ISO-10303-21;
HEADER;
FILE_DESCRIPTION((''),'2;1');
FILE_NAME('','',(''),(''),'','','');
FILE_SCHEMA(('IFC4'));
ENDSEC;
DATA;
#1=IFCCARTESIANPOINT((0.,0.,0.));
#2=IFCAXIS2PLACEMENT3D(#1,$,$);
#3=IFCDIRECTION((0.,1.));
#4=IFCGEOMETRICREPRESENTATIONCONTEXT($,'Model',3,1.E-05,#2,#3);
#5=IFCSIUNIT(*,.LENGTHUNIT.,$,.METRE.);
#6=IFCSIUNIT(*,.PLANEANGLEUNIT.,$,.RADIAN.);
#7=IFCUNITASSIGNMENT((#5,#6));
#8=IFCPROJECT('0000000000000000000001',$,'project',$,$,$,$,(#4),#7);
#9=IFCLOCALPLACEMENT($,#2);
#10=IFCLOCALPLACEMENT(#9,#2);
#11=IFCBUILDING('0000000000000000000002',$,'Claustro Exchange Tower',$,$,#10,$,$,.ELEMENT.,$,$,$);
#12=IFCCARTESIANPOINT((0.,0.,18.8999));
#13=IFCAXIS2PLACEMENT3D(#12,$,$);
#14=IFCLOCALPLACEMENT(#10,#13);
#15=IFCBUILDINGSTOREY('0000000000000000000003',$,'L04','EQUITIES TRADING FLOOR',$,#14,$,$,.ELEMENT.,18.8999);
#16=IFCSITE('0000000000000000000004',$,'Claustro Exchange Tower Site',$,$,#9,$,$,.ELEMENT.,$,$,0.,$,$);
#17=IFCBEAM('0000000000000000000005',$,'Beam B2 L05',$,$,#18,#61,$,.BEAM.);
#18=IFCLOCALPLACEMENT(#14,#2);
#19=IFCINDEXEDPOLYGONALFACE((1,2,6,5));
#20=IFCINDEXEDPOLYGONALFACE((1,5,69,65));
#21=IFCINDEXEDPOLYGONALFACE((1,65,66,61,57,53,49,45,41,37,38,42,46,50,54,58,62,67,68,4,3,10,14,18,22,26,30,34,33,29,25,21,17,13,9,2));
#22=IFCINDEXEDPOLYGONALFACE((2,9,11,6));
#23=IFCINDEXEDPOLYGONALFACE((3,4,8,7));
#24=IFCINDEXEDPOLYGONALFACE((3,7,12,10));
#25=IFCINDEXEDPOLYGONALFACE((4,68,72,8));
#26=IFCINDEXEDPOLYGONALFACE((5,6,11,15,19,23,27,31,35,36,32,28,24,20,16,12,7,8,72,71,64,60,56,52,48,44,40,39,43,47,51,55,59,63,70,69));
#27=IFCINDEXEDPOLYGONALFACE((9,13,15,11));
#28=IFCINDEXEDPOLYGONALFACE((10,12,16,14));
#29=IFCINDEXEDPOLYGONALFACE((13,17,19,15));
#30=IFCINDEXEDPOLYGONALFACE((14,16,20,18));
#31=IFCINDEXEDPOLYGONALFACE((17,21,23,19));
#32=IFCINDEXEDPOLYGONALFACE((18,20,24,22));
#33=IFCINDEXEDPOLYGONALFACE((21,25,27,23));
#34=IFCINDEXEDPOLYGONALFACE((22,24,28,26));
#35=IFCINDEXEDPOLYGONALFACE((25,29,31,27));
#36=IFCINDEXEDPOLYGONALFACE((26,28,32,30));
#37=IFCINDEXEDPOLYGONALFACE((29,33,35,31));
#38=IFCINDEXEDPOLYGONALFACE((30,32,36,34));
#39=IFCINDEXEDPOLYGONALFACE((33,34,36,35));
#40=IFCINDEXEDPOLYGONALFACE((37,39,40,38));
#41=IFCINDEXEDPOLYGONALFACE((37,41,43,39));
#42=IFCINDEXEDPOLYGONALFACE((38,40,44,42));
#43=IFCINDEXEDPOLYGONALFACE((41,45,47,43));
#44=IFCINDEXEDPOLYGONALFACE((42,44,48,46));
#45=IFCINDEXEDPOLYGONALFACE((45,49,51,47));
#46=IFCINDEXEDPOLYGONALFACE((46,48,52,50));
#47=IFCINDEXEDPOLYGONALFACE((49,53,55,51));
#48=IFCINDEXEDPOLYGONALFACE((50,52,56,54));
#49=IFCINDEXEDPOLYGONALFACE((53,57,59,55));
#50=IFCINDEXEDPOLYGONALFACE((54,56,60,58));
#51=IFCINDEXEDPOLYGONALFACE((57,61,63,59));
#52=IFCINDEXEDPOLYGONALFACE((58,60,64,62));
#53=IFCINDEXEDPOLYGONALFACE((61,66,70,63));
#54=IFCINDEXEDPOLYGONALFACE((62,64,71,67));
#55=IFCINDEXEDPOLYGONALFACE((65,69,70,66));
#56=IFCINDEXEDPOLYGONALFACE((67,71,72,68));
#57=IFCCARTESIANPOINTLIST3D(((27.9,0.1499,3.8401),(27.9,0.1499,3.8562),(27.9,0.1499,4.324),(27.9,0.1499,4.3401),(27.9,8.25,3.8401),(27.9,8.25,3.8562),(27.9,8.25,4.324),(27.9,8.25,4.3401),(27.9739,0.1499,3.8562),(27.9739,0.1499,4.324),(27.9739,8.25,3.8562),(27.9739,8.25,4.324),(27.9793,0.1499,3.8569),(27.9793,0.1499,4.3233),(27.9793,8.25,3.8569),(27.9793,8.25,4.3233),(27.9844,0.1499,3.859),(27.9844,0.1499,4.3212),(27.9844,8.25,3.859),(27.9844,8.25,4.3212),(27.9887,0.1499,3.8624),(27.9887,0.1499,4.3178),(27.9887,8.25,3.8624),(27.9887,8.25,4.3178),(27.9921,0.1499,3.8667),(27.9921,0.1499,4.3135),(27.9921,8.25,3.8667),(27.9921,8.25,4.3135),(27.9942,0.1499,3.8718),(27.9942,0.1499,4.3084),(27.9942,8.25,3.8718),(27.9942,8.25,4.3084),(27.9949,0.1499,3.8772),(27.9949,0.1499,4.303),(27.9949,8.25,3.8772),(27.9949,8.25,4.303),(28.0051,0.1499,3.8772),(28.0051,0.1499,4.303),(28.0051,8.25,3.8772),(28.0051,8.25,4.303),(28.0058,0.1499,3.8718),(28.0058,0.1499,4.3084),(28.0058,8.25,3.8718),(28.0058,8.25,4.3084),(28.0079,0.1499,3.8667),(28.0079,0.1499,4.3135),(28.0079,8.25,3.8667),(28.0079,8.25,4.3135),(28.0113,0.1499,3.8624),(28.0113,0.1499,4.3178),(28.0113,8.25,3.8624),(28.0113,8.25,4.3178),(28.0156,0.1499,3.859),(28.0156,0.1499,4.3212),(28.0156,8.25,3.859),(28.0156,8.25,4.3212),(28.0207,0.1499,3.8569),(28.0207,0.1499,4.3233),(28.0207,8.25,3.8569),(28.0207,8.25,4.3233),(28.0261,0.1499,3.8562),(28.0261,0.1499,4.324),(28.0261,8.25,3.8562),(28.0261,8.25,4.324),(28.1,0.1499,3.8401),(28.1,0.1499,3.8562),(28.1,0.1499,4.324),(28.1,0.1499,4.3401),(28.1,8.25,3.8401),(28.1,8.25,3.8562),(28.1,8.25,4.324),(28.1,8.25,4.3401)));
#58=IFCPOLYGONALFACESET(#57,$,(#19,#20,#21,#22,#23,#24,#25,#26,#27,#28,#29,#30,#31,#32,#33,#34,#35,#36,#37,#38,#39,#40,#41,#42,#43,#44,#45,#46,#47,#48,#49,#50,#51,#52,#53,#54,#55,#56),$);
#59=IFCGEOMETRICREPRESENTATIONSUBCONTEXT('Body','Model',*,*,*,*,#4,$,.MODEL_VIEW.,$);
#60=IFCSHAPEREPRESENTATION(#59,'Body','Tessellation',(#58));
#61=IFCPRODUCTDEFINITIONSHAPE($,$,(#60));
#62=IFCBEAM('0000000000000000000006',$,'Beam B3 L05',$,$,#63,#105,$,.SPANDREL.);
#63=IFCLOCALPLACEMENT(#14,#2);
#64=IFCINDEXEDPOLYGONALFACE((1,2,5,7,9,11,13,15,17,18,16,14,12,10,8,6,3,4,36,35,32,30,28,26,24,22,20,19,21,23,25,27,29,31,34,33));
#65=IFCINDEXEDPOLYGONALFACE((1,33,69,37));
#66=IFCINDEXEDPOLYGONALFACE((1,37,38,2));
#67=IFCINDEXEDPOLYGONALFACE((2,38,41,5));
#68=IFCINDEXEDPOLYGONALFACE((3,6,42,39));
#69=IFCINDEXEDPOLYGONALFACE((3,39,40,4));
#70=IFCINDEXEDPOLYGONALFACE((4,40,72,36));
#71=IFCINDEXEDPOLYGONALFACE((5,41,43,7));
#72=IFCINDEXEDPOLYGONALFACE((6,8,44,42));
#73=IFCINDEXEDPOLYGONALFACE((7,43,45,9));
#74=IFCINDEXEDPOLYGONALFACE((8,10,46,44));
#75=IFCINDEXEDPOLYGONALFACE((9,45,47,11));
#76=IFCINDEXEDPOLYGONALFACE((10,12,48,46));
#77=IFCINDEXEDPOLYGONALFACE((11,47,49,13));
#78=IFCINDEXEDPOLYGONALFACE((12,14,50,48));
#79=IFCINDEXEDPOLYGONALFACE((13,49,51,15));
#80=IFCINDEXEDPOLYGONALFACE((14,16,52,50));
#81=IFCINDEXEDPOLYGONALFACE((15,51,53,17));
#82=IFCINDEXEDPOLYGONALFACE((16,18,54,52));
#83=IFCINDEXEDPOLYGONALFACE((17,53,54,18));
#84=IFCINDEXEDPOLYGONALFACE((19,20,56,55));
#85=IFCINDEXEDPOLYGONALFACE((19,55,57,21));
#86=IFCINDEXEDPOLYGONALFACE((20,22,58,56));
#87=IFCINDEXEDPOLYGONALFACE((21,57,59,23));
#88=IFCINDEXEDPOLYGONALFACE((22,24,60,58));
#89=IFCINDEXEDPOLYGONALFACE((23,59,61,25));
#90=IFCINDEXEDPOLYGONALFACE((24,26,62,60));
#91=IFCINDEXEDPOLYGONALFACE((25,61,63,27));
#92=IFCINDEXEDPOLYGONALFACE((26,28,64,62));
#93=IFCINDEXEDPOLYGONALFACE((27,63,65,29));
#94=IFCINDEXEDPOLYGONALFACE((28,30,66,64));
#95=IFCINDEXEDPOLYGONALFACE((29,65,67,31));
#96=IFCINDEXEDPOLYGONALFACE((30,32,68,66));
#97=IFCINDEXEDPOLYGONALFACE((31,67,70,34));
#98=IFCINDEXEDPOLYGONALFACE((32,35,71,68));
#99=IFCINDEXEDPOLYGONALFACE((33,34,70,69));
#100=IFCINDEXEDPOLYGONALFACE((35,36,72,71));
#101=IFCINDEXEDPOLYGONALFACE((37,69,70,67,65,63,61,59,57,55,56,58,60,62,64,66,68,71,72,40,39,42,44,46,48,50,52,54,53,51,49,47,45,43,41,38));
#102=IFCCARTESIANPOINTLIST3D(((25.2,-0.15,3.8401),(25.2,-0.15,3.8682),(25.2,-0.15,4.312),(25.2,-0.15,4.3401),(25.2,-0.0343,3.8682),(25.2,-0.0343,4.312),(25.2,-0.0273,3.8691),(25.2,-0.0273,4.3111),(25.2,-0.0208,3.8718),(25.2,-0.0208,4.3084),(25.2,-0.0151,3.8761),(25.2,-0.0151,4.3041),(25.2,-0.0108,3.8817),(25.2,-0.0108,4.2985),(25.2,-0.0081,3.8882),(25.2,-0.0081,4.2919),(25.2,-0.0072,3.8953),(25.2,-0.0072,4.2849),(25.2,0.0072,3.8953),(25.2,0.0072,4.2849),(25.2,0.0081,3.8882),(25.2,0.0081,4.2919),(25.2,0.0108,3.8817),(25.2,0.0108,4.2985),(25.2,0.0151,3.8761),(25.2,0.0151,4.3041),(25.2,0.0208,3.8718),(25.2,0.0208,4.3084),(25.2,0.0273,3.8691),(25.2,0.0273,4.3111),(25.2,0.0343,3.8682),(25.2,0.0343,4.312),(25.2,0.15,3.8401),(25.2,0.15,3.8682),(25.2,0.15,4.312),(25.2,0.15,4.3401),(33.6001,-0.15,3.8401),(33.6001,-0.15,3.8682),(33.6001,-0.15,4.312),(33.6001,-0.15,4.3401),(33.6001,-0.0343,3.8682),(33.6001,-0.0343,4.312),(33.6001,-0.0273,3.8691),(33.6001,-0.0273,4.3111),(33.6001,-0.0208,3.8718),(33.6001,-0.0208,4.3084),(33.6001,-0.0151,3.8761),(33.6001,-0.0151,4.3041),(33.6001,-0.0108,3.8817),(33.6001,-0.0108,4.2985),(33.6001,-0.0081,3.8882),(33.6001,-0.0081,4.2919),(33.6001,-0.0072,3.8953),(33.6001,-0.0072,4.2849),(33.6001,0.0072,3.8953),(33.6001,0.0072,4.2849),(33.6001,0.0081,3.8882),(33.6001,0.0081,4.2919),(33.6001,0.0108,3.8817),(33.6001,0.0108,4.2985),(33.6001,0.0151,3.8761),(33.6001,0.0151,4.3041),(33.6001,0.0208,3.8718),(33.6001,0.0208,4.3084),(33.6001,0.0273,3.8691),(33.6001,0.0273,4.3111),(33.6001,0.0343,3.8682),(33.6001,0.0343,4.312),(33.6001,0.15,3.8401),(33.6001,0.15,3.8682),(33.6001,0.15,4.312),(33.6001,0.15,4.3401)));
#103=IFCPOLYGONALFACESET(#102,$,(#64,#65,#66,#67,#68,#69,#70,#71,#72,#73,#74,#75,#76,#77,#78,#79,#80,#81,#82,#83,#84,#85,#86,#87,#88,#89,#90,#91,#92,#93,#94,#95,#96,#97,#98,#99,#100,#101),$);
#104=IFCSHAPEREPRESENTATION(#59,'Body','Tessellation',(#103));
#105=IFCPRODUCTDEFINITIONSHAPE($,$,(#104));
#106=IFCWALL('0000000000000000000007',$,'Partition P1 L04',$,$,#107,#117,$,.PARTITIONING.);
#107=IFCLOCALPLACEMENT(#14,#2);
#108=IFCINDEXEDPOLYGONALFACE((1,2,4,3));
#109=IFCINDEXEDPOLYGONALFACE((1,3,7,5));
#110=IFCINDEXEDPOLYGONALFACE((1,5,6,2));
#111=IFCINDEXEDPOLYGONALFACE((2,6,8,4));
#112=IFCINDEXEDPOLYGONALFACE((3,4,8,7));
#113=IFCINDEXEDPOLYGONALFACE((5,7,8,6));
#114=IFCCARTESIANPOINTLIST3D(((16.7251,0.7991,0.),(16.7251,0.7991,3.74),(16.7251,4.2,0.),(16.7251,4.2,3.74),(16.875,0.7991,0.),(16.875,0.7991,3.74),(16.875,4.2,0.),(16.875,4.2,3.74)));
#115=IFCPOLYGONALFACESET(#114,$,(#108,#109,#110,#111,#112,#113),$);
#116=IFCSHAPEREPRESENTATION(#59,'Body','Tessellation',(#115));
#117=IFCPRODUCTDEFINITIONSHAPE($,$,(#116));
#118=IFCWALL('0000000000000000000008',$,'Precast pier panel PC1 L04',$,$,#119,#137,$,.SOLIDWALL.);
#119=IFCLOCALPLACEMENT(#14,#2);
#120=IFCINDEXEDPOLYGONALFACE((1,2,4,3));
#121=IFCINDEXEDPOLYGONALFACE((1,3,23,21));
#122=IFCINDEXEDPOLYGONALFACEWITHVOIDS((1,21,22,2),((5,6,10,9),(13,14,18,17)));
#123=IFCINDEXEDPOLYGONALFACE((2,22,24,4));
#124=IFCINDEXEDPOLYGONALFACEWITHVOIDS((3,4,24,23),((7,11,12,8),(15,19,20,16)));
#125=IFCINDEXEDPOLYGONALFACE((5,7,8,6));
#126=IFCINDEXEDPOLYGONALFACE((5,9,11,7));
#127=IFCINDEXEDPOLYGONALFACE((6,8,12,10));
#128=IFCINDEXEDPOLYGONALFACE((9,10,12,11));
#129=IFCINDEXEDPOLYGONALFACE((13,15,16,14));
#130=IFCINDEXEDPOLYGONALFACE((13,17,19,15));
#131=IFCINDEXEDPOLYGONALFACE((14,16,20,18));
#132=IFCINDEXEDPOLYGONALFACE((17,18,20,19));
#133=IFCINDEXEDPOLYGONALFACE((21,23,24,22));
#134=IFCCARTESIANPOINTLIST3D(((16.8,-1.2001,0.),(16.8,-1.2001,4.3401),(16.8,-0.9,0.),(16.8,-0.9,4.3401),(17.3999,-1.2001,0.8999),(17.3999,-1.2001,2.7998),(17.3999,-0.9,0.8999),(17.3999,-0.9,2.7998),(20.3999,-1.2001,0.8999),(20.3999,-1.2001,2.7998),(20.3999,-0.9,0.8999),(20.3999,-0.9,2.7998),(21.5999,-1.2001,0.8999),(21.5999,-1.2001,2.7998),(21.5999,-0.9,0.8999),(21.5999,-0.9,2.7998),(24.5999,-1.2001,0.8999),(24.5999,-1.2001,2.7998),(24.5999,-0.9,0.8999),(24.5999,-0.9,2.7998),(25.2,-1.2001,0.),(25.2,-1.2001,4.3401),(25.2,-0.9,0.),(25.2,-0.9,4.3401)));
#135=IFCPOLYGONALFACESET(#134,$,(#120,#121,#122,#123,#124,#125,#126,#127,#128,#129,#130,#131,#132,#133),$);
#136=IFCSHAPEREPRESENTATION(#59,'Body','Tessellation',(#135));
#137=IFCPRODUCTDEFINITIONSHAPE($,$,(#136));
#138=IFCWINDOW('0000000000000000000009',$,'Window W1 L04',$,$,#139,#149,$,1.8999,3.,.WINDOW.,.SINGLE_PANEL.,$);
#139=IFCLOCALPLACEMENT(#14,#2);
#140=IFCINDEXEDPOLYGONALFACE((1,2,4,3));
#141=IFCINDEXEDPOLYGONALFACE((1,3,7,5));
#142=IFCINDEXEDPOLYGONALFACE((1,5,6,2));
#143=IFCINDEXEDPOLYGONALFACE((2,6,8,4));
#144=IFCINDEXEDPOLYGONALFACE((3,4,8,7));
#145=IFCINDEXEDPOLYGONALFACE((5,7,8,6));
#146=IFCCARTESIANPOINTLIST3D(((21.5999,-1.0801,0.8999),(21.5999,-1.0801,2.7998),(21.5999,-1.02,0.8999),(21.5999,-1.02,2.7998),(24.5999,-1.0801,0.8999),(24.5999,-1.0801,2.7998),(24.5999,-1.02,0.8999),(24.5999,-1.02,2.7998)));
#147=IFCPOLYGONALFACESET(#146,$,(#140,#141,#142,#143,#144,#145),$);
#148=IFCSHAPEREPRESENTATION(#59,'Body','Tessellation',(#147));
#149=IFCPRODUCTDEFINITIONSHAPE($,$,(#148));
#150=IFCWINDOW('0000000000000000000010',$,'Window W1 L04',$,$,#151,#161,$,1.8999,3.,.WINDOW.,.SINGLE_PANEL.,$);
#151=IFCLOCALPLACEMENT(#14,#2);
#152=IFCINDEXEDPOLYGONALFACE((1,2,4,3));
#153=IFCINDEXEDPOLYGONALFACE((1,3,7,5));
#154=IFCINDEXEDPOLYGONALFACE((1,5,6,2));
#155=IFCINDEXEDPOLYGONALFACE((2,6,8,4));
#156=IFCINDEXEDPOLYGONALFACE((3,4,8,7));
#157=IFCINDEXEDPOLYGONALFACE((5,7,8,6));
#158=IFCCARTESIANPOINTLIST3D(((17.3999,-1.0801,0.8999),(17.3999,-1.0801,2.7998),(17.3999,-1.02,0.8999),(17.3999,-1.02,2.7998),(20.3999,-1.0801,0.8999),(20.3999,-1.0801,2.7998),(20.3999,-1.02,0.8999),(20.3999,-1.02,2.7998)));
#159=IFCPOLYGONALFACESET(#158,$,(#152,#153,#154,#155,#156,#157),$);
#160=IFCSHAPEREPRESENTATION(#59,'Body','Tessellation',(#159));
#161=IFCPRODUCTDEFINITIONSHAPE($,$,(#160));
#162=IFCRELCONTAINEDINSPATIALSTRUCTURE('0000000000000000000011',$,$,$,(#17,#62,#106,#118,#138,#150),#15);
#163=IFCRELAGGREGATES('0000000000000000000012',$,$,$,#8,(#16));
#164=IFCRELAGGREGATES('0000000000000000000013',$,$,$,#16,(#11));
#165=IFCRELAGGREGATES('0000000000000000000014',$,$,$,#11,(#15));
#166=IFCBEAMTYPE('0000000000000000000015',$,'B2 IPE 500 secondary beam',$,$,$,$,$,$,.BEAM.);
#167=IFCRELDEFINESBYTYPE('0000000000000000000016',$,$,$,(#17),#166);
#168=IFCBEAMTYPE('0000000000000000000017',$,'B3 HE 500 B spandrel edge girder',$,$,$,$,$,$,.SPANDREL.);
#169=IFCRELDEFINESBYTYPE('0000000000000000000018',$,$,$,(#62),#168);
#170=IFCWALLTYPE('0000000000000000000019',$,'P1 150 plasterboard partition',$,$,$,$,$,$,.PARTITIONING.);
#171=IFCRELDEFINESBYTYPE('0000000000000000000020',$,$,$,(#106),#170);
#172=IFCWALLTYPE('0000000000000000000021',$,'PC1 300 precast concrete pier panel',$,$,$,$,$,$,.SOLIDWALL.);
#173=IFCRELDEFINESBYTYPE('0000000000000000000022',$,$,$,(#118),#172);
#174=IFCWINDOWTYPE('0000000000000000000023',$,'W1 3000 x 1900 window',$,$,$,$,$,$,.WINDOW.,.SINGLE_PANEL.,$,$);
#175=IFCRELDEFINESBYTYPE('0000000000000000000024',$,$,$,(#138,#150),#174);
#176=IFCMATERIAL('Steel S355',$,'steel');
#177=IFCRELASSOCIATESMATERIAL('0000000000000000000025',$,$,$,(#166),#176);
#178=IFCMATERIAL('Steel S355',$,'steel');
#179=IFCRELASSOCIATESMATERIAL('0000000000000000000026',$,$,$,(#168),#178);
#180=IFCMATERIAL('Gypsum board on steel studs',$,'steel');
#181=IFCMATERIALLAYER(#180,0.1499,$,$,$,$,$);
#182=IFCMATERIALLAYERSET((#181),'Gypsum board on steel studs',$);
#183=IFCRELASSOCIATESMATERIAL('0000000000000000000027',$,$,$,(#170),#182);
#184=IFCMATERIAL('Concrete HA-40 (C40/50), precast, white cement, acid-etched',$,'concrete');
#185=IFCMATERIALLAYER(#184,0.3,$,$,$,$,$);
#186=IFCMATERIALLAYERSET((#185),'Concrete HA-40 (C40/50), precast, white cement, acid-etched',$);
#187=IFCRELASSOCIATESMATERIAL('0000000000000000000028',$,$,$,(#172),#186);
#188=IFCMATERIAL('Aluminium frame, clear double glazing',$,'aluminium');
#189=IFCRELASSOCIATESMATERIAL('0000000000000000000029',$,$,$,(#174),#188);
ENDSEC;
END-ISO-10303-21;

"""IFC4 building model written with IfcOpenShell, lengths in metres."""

from ifc_helpers import new_model, si_unit, direction, frame, frame_2d, origin, origin_2d, place, context, subcontext, project, spatial, rectangle, i_section, extrude, material, layer, layer_set, material_profile, profile_set, type_object, element, fill, save


model = new_model("IFC4")

# Units and contexts
model_context = context("Model", 3, precision=1e-05, world=origin(), true_north=direction((0.0, 1.0)))
body_context = subcontext(model_context, "Body", "Model", "MODEL_VIEW")
ifc_project = project(units=[si_unit("LENGTHUNIT", "METRE"), si_unit("PLANEANGLEUNIT", "RADIAN")], contexts=[model_context])

# Site, building, storey
site_placement = place(None, origin())
site = spatial("IfcSite", under=ifc_project, at=site_placement, Name="Claustro Exchange Tower Site", CompositionType="ELEMENT", RefElevation=0.0)
building_placement = place(site_placement, origin())
building = spatial("IfcBuilding", under=site, at=building_placement, Name="Claustro Exchange Tower", CompositionType="ELEMENT")
storey_placement = place(building_placement, frame((0.0, 0.0, 18.8999)))
storey = spatial("IfcBuildingStorey", under=building, at=storey_placement, Name="L04", Description="EQUITIES TRADING FLOOR", CompositionType="ELEMENT", Elevation=18.8999)

# Beams
ifc_material_1 = material(Name="Steel S355", Category="steel")
ifc_material_profile_1 = material_profile(ifc_material_1, i_section(OverallWidth=0.2, OverallDepth=0.5, WebThickness=0.0103, FlangeThickness=0.0161, FilletRadius=0.021, at=origin_2d()), Name="IPE 500")
ifc_profile_set_1 = profile_set([ifc_material_profile_1], Name="Steel S355")
beam_type_1 = type_object("IfcBeamType", Name="B2 IPE 500 secondary beam", PredefinedType="BEAM", material=ifc_profile_set_1)
for number, where, z_axis, x_axis, name in (
    (1, (28.0, 0.1499, 4.0901), (0.0, 1.0, 0.0), (-1.0, 0.0, 0.0), "Beam B2 L05"),
):
    element("IfcBeam", number, at=place(storey_placement, frame(where, z_axis=z_axis, x_axis=x_axis)), inside=storey, type_object=beam_type_1, Name=name, PredefinedType="BEAM", context=body_context, shape_type="SweptSolid", body=[
        extrude(i_section(OverallWidth=0.2, OverallDepth=0.5, WebThickness=0.0103, FlangeThickness=0.0161, FilletRadius=0.021, at=origin_2d()), origin(), (0.0, 0.0, 1.0), 8.1001),
    ])
ifc_material_2 = material(Name="Steel S355", Category="steel")
ifc_material_profile_2 = material_profile(ifc_material_2, i_section(OverallWidth=0.3, OverallDepth=0.5, WebThickness=0.0144, FlangeThickness=0.0281, FilletRadius=0.0271, at=origin_2d()), Name="HE 500 B")
ifc_profile_set_2 = profile_set([ifc_material_profile_2], Name="Steel S355")
beam_type_2 = type_object("IfcBeamType", Name="B3 HE 500 B spandrel edge girder", PredefinedType="SPANDREL", material=ifc_profile_set_2)
beam_1_placement = place(storey_placement, frame((25.2, 0.0, 4.0901), z_axis=(1.0, 0.0, 0.0), x_axis=(0.0, 1.0, 0.0)))
element("IfcBeam", 2, at=beam_1_placement, inside=storey, type_object=beam_type_2, Name="Beam B3 L05", PredefinedType="SPANDREL", context=body_context, shape_type="SweptSolid", body=[
    extrude(i_section(OverallWidth=0.3, OverallDepth=0.5, WebThickness=0.0144, FlangeThickness=0.0281, FilletRadius=0.0271, at=origin_2d()), origin(), (0.0, 0.0, 1.0), 8.4001),
])

# Wall
ifc_material_3 = material(Name="Gypsum board on steel studs", Category="steel")
ifc_layer_1 = layer(ifc_material_3, 0.1499)
ifc_layer_set_1 = layer_set([ifc_layer_1], Name="Gypsum board on steel studs")
wall_type_1 = type_object("IfcWallType", Name="P1 150 plasterboard partition", PredefinedType="PARTITIONING", material=ifc_layer_set_1)
wall_1_placement = place(storey_placement, frame((16.8, 0.7991, 0.0), z_axis=(0.0, 0.0, 1.0), x_axis=(0.0, 1.0, 0.0)))
element("IfcWall", 3, at=wall_1_placement, inside=storey, type_object=wall_type_1, Name="Partition P1 L04", PredefinedType="PARTITIONING", context=body_context, shape_type="SweptSolid", body=[
    extrude(rectangle(XDim=3.4009, YDim=0.1499, at=frame_2d((1.7004, 0.0))), origin(), (0.0, 0.0, 1.0), 3.74),
])

# Wall, openings, windows
ifc_material_4 = material(Name="Concrete HA-40 (C40/50), precast, white cement, acid-etched", Category="concrete")
ifc_layer_2 = layer(ifc_material_4, 0.3)
ifc_layer_set_2 = layer_set([ifc_layer_2], Name="Concrete HA-40 (C40/50), precast, white cement, acid-etched")
wall_type_2 = type_object("IfcWallType", Name="PC1 300 precast concrete pier panel", PredefinedType="SOLIDWALL", material=ifc_layer_set_2)
wall_2_placement = place(storey_placement, frame((25.2, -1.05, 0.0), z_axis=(0.0, 0.0, 1.0), x_axis=(-1.0, 0.0, 0.0)))
wall_2 = element("IfcWall", 4, at=wall_2_placement, inside=storey, type_object=wall_type_2, Name="Precast pier panel PC1 L04", PredefinedType="SOLIDWALL", context=body_context, shape_type="SweptSolid", body=[
    extrude(rectangle(XDim=8.3999, YDim=0.3, at=frame_2d((4.2, 0.0))), origin(), (0.0, 0.0, 1.0), 4.3401),
])
opening_1_placement = place(wall_2_placement, frame((0.6001, 0.0, 0.8999)))
opening_1 = element("IfcOpeningElement", 5, at=opening_1_placement, cuts=wall_2, PredefinedType="OPENING", context=body_context, shape_type="SweptSolid", body=[
    extrude(rectangle(XDim=3.0, YDim=1.8999, at=frame_2d((1.5, 0.95))), frame((0.0, 0.1599, 0.0), z_axis=(0.0, -1.0, 0.0), x_axis=(1.0, 0.0, 0.0)), (0.0, 0.0, 1.0), 0.3201),
])
opening_2_placement = place(wall_2_placement, frame((4.8, 0.0, 0.8999)))
opening_2 = element("IfcOpeningElement", 6, at=opening_2_placement, cuts=wall_2, PredefinedType="OPENING", context=body_context, shape_type="SweptSolid", body=[
    extrude(rectangle(XDim=3.0, YDim=1.8999, at=frame_2d((1.5, 0.95))), frame((0.0, 0.1599, 0.0), z_axis=(0.0, -1.0, 0.0), x_axis=(1.0, 0.0, 0.0)), (0.0, 0.0, 1.0), 0.3201),
])
ifc_material_5 = material(Name="Aluminium frame, clear double glazing", Category="aluminium")
window_type = type_object("IfcWindowType", Name="W1 3000 x 1900 window", PartitioningType="SINGLE_PANEL", PredefinedType="WINDOW", material=ifc_material_5)
window_1_placement = place(opening_1_placement, origin())
window_1 = element("IfcWindow", 7, at=window_1_placement, inside=storey, type_object=window_type, Name="Window W1 L04", OverallHeight=1.8999, OverallWidth=3.0, PartitioningType="SINGLE_PANEL", PredefinedType="WINDOW", context=body_context, shape_type="SweptSolid", body=[
    extrude(rectangle(XDim=3.0, YDim=1.8999, at=frame_2d((1.5, 0.95))), frame((0.0, 0.03, 0.0), z_axis=(0.0, -1.0, 0.0), x_axis=(1.0, 0.0, 0.0)), (0.0, 0.0, 1.0), 0.0601),
])
fill(opening_1, window_1)
window_2_placement = place(opening_2_placement, origin())
window_2 = element("IfcWindow", 8, at=window_2_placement, inside=storey, type_object=window_type, Name="Window W1 L04", OverallHeight=1.8999, OverallWidth=3.0, PartitioningType="SINGLE_PANEL", PredefinedType="WINDOW", context=body_context, shape_type="SweptSolid", body=[
    extrude(rectangle(XDim=3.0, YDim=1.8999, at=frame_2d((1.5, 0.95))), frame((0.0, 0.03, 0.0), z_axis=(0.0, -1.0, 0.0), x_axis=(1.0, 0.0, 0.0)), (0.0, 0.0, 1.0), 0.0601),
])
fill(opening_2, window_2)

save(model, "model.ifc")
